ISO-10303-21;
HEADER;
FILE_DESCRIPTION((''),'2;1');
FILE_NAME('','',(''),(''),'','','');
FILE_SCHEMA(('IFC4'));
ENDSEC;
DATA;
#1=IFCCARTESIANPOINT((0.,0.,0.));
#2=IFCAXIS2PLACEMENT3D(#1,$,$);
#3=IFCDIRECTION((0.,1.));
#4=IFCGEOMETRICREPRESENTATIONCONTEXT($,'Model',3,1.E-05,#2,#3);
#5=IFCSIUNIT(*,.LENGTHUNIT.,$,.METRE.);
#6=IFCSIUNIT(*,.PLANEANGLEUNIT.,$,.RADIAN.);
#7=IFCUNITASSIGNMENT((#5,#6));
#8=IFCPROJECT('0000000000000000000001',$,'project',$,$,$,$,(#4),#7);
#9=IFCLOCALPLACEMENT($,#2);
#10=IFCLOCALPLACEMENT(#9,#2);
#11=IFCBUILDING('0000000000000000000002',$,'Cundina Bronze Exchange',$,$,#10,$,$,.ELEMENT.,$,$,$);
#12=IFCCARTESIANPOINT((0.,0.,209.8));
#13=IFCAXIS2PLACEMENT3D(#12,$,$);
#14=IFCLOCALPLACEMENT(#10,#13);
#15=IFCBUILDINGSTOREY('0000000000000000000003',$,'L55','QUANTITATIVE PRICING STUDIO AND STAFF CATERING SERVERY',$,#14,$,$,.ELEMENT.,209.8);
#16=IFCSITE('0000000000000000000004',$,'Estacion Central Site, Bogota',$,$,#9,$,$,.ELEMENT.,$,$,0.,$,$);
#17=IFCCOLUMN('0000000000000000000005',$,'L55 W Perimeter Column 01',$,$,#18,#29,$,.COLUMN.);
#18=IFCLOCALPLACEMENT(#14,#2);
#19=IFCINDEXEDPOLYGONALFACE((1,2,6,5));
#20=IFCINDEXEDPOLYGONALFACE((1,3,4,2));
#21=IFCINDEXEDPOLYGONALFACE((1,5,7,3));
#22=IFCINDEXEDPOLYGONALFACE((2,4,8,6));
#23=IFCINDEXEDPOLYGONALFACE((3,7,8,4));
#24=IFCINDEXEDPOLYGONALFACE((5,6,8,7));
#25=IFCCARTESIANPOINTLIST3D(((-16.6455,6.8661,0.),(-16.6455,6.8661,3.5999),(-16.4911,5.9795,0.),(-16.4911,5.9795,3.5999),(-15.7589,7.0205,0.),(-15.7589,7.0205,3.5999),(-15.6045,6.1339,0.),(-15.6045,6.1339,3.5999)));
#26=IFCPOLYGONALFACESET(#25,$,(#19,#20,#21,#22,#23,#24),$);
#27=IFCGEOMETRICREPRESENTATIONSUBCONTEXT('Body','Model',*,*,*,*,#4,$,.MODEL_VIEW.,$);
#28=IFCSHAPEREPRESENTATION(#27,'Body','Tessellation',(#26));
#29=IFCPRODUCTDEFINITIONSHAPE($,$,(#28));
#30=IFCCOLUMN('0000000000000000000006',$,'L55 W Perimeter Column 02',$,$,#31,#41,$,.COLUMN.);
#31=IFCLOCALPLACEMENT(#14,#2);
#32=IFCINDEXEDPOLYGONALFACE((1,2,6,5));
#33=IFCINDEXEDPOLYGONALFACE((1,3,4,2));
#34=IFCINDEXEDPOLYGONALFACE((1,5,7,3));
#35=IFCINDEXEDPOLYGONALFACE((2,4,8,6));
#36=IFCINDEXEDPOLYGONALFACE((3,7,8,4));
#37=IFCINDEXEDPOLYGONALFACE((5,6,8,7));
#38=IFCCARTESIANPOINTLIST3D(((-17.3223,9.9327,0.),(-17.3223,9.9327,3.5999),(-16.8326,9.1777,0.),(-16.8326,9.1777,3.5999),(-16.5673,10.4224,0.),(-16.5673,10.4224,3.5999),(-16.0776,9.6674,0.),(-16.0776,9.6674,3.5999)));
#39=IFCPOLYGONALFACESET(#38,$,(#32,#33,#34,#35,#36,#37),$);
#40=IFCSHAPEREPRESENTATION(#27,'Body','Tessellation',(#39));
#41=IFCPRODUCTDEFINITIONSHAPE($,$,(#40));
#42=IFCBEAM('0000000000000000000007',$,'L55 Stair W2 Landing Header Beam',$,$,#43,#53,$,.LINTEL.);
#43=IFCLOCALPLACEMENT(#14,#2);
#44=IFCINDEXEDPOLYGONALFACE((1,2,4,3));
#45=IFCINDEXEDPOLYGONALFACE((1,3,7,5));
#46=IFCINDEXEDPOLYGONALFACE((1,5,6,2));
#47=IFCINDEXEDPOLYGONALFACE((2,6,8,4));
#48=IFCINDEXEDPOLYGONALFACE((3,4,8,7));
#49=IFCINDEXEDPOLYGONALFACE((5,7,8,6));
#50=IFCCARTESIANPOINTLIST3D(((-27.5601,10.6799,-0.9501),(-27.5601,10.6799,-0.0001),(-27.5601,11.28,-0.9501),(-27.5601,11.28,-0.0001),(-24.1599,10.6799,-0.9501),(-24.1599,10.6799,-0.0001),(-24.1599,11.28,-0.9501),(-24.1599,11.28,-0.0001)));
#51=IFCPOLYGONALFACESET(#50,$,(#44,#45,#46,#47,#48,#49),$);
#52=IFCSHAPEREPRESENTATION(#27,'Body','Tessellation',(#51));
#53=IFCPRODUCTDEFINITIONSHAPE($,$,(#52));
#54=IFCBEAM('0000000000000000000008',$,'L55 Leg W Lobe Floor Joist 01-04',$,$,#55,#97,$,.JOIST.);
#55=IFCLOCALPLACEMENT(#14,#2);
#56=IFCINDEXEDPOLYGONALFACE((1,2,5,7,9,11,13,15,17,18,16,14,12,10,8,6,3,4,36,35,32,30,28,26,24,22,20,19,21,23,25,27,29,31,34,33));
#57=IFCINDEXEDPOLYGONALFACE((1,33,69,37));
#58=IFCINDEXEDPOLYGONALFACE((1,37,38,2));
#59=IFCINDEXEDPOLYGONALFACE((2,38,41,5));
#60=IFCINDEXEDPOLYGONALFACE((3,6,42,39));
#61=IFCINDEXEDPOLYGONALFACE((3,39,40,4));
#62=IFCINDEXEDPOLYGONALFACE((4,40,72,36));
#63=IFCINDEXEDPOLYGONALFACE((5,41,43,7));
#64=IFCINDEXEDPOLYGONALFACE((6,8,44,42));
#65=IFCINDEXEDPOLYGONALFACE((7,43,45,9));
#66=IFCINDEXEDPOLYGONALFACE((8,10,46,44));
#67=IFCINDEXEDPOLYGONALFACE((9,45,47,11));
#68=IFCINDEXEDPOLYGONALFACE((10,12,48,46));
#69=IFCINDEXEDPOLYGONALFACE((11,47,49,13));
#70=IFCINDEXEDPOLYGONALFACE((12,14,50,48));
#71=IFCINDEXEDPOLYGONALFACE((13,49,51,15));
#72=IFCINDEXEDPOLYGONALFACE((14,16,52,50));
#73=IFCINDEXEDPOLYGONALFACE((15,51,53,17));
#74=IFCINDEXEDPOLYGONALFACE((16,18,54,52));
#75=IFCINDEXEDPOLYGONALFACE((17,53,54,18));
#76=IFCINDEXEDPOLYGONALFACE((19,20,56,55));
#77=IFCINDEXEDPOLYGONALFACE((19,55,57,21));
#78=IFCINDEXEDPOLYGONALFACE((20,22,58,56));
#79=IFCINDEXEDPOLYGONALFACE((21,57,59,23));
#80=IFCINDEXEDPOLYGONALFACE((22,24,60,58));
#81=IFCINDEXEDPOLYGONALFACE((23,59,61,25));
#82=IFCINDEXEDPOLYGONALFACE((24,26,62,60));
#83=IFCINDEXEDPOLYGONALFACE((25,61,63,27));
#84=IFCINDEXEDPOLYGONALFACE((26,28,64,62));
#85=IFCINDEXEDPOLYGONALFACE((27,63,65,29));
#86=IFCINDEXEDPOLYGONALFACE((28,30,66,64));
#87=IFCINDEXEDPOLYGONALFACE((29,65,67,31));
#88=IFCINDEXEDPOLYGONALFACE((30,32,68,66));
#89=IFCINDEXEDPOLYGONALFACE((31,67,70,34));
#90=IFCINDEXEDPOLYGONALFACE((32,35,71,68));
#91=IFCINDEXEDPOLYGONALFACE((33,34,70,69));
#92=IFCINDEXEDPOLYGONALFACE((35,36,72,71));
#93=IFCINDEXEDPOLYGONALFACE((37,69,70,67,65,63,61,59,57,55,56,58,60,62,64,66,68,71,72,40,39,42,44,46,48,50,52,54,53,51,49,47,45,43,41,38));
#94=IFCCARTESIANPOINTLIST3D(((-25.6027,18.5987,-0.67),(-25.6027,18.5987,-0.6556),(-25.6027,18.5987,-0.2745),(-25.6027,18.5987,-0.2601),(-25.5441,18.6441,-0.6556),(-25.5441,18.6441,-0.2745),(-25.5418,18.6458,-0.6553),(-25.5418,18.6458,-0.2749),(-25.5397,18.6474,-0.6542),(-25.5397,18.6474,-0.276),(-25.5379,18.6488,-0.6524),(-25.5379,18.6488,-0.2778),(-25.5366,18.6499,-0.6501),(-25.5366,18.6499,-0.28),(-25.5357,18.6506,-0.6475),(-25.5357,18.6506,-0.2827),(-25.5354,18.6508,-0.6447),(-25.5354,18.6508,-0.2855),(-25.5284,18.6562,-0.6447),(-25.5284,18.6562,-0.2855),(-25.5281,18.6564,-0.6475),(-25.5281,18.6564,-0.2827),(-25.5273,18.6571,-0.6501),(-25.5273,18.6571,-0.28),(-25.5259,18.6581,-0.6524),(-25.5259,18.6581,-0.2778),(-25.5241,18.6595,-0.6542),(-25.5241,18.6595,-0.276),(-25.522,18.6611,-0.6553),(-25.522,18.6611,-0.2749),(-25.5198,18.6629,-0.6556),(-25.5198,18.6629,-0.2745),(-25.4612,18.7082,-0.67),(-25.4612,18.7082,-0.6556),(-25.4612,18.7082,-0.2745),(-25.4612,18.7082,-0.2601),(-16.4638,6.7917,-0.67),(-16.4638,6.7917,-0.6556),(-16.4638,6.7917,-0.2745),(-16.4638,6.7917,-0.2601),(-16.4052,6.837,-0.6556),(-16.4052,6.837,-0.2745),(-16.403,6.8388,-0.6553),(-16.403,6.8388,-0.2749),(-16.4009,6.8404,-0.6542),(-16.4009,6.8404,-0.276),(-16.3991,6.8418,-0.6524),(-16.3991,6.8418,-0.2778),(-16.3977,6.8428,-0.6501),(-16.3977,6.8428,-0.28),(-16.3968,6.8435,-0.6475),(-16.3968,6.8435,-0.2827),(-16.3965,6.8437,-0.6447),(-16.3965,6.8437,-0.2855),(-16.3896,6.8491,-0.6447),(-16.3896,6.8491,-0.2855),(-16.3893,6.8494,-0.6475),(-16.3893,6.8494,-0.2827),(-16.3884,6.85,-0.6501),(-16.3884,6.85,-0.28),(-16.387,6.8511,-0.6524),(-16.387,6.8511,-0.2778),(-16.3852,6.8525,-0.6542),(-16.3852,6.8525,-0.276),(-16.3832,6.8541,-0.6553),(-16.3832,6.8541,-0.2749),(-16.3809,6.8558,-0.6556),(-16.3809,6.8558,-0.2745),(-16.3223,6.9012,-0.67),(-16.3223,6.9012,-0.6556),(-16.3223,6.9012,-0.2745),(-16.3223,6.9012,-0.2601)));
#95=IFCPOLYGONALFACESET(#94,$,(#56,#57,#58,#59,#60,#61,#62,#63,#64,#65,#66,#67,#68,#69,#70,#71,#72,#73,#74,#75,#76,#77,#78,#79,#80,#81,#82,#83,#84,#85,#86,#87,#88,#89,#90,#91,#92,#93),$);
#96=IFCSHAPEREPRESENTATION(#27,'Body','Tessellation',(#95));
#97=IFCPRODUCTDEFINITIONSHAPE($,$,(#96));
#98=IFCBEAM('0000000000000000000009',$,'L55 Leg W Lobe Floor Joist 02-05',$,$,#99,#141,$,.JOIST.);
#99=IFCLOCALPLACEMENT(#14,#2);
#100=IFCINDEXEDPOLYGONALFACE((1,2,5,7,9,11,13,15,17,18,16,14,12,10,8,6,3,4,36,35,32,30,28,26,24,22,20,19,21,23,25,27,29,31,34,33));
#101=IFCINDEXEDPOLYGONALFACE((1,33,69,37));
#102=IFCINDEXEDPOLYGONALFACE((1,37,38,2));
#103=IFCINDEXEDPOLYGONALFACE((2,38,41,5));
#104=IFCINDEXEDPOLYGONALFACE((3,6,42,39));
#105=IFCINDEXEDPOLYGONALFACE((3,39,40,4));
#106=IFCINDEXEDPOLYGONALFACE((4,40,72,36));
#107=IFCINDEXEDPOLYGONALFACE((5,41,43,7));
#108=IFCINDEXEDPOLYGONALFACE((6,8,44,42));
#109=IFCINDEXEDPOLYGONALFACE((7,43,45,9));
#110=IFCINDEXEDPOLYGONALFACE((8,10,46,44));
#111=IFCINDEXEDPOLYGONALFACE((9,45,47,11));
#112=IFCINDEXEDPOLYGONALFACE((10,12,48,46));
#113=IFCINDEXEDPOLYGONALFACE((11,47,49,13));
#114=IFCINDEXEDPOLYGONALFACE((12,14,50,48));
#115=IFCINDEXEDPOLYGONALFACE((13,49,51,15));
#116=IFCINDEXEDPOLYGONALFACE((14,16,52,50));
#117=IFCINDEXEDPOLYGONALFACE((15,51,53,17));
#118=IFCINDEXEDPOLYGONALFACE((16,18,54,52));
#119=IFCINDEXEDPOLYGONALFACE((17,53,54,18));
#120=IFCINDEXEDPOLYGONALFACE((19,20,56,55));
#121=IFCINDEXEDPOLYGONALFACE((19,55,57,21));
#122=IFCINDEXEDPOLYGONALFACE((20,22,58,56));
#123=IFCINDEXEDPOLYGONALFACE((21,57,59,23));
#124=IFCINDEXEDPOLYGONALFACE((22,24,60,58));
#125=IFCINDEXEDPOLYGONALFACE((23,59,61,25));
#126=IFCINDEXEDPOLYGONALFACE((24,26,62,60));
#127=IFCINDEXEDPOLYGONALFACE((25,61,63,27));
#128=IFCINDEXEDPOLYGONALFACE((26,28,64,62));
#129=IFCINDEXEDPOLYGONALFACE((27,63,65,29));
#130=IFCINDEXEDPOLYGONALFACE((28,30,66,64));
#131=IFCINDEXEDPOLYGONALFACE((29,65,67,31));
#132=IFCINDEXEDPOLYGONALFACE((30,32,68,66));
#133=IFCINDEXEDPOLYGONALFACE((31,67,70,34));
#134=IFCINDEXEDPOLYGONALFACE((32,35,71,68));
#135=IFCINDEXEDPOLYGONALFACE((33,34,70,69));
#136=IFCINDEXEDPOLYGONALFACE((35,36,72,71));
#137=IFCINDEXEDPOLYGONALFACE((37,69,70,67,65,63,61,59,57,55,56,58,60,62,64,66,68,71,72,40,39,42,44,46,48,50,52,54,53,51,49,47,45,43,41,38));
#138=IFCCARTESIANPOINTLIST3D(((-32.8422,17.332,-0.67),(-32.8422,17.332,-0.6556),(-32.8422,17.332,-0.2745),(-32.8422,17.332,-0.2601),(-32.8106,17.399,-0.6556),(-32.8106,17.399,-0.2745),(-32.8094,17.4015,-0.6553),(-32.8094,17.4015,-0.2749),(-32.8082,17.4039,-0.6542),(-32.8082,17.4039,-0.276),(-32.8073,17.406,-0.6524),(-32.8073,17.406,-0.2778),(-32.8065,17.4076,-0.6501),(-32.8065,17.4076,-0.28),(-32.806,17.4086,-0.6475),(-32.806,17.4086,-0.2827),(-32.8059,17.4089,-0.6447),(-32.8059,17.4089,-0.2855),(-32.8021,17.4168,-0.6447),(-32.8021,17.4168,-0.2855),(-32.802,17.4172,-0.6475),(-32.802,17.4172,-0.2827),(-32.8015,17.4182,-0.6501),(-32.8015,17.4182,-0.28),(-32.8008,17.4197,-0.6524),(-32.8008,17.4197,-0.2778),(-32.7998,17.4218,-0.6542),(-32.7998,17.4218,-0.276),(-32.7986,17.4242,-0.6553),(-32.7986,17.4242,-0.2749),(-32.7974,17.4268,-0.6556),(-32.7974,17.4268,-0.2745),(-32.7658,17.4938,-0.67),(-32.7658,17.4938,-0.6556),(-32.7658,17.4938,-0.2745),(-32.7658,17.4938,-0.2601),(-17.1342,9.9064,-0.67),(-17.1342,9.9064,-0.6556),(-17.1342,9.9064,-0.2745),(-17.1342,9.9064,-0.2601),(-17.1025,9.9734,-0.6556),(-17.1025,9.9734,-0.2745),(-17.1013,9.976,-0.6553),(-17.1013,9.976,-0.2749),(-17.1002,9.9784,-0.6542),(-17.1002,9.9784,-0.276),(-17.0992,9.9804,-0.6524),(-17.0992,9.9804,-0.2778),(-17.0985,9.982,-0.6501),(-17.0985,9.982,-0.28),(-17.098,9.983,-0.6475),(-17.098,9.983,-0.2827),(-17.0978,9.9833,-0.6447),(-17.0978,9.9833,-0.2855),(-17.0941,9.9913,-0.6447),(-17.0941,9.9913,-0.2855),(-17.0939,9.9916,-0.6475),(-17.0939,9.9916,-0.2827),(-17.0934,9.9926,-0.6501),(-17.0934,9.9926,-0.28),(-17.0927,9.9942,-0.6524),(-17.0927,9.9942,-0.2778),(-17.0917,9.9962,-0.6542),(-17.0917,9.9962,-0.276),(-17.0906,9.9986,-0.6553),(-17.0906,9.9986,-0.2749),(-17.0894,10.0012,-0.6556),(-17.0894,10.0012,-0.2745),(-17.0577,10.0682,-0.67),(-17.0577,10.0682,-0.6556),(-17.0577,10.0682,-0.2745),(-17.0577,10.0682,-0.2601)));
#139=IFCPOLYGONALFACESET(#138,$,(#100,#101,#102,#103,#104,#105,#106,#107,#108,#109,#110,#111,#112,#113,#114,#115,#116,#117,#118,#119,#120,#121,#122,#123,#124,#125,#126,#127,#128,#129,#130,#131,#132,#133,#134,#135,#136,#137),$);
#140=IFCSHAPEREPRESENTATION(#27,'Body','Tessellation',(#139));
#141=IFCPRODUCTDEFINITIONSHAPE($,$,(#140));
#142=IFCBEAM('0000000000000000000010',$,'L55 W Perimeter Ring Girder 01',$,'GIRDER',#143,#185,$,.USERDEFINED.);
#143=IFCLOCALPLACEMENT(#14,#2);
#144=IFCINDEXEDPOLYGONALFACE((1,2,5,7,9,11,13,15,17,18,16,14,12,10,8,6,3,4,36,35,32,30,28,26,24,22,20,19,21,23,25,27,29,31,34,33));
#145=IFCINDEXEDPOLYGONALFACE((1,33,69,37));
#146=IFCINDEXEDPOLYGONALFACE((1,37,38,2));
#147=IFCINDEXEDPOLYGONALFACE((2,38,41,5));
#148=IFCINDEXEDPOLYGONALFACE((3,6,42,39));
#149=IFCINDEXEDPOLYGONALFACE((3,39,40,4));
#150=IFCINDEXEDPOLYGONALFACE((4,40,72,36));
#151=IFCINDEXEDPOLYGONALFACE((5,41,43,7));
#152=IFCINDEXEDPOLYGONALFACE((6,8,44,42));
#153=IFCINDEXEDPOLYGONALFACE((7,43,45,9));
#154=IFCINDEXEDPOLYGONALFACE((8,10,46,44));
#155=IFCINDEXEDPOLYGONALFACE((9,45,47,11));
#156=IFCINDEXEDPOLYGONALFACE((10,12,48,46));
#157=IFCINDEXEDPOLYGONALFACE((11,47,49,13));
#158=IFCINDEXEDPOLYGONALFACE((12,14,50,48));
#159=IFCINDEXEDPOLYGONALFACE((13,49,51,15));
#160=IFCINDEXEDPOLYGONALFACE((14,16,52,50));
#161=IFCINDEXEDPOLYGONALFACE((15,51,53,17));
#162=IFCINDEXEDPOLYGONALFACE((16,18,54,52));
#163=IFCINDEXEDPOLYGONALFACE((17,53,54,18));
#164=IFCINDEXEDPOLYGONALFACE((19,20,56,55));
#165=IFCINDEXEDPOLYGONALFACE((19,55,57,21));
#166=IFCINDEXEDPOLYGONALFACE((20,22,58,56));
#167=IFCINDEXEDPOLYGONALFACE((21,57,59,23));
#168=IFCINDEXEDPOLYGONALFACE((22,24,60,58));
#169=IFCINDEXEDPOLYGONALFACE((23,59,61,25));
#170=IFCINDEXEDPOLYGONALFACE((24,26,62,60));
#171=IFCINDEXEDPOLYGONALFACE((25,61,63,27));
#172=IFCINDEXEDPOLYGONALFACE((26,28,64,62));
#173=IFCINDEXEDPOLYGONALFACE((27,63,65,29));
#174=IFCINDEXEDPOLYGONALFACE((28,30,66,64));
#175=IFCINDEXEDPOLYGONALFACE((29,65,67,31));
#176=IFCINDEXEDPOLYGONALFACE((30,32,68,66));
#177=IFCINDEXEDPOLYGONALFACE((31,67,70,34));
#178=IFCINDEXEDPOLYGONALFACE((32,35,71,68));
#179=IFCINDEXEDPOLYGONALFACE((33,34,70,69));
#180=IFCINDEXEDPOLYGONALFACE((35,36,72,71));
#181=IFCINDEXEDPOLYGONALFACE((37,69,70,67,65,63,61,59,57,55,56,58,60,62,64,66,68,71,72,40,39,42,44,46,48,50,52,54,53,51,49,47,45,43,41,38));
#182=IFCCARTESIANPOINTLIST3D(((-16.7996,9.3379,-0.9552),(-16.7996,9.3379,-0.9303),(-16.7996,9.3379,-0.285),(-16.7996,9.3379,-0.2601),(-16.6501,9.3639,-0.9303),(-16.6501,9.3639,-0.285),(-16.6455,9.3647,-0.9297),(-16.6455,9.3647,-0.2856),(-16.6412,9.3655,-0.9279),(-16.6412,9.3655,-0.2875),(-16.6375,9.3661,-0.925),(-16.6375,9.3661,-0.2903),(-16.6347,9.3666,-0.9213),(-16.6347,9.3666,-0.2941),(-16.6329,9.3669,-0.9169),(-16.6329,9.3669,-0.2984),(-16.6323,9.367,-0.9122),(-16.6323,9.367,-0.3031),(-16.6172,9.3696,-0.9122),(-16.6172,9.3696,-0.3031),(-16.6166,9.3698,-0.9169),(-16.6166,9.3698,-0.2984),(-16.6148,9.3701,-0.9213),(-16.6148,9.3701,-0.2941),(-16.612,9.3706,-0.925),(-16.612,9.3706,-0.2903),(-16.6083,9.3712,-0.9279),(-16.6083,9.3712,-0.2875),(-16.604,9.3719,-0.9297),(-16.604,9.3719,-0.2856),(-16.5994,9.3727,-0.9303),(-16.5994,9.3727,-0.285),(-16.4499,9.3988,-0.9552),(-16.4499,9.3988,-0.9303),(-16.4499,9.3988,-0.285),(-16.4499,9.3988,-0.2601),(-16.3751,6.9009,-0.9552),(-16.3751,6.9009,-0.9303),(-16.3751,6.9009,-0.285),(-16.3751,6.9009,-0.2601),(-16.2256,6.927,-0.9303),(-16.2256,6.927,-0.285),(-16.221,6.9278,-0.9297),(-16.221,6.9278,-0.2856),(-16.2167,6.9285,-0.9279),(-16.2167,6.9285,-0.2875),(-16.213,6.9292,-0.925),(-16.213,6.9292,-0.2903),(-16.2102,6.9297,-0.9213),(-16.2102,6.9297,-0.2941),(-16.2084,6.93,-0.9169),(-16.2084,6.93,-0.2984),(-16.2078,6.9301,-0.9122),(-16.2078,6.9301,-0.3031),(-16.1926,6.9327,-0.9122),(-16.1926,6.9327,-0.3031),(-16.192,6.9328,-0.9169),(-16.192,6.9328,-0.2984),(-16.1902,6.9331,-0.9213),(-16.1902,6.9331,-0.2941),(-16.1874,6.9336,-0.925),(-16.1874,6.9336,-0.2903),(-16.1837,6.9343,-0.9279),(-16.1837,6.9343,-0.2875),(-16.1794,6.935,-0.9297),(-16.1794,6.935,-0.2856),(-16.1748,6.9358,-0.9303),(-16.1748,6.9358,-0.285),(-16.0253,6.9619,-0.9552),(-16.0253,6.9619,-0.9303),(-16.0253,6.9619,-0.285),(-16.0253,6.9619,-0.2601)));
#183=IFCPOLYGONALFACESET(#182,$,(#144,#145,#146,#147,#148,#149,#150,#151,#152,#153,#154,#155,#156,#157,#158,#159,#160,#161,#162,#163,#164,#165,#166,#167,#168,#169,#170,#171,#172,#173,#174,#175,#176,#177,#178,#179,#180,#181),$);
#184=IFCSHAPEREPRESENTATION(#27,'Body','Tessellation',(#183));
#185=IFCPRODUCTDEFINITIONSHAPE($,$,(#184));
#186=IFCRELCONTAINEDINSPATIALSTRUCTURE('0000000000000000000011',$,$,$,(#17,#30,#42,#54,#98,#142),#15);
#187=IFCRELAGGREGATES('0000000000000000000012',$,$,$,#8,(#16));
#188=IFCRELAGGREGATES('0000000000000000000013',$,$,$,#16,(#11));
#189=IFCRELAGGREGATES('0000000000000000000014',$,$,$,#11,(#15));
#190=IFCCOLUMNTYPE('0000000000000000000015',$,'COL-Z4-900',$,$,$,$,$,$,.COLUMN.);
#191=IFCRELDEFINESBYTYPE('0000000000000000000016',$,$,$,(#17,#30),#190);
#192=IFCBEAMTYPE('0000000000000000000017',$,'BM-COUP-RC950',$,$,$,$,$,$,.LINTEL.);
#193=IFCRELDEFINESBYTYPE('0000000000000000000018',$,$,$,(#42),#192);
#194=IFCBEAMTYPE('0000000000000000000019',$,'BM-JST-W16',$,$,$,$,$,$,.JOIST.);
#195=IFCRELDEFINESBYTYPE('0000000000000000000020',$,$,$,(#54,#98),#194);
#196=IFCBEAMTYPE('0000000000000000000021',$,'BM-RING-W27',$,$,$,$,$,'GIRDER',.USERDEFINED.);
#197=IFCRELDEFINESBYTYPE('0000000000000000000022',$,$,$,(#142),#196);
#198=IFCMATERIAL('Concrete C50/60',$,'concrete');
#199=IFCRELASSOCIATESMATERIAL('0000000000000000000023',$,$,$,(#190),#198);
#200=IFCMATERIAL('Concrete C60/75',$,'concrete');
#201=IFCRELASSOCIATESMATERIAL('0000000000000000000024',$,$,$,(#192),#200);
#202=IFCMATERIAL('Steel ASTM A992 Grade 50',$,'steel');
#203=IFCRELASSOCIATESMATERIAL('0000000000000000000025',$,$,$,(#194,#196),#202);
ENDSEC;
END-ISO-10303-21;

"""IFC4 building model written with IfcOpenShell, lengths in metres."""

from ifc_helpers import new_model, si_unit, direction, frame, origin, origin_2d, place, context, subcontext, project, spatial, rectangle, i_section, extrude, material, material_profile, profile_set, type_object, element, save


model = new_model("IFC4")

# Units and contexts
model_context = context("Model", 3, precision=1e-05, world=origin(), true_north=direction((0.0, 1.0)))
body_context = subcontext(model_context, "Body", "Model", "MODEL_VIEW")
ifc_project = project(units=[si_unit("LENGTHUNIT", "METRE"), si_unit("PLANEANGLEUNIT", "RADIAN")], contexts=[model_context])

# Site, building, storey
site_placement = place(None, origin())
site = spatial("IfcSite", under=ifc_project, at=site_placement, Name="Estacion Central Site, Bogota", CompositionType="ELEMENT", RefElevation=0.0)
building_placement = place(site_placement, origin())
building = spatial("IfcBuilding", under=site, at=building_placement, Name="Cundina Bronze Exchange", CompositionType="ELEMENT")
storey_placement = place(building_placement, frame((0.0, 0.0, 209.8)))
storey = spatial("IfcBuildingStorey", under=building, at=storey_placement, Name="L55", Description="QUANTITATIVE PRICING STUDIO AND STAFF CATERING SERVERY", CompositionType="ELEMENT", Elevation=209.8)

# Columns
ifc_material_1 = material(Name="Concrete C50/60", Category="concrete")
ifc_material_profile_1 = material_profile(ifc_material_1, rectangle(XDim=0.8999, YDim=0.8999, at=origin_2d()), Name="RC900X900", Category="concrete")
ifc_profile_set_1 = profile_set([ifc_material_profile_1], Name="Concrete C50/60")
column_type = type_object("IfcColumnType", Name="COL-Z4-900", PredefinedType="COLUMN", material=ifc_profile_set_1)
for number, where, z_axis, x_axis, name in (
    (1, (-16.125, 6.5, 0.0), (0.0, 0.0, 1.0), (-0.171585, 0.985169, 0.0), "L55 W Perimeter Column 01"),
    (2, (-16.7, 9.8, 0.0), (0.0, 0.0, 1.0), (-0.5442, 0.838956, 0.0), "L55 W Perimeter Column 02"),
):
    element("IfcColumn", number, at=place(storey_placement, frame(where, z_axis=z_axis, x_axis=x_axis)), inside=storey, type_object=column_type, Name=name, PredefinedType="COLUMN", context=body_context, shape_type="SweptSolid", body=[
        extrude(rectangle(XDim=0.8999, YDim=0.8999, at=origin_2d()), origin(), (0.0, 0.0, 1.0), 3.5999),
    ])

# Beams
ifc_material_2 = material(Name="Concrete C60/75", Category="concrete")
ifc_material_profile_2 = material_profile(ifc_material_2, rectangle(XDim=0.6001, YDim=0.95, at=origin_2d()), Name="RC600X950", Category="concrete")
ifc_profile_set_2 = profile_set([ifc_material_profile_2], Name="Concrete C60/75")
beam_type_1 = type_object("IfcBeamType", Name="BM-COUP-RC950", PredefinedType="LINTEL", material=ifc_profile_set_2)
beam_1_placement = place(storey_placement, frame((-27.5601, 10.98, -0.4751), z_axis=(1.0, 0.0, 0.0), x_axis=(0.0, 1.0, 0.0)))
element("IfcBeam", 3, at=beam_1_placement, inside=storey, type_object=beam_type_1, Name="L55 Stair W2 Landing Header Beam", PredefinedType="LINTEL", context=body_context, shape_type="SweptSolid", body=[
    extrude(rectangle(XDim=0.6001, YDim=0.95, at=origin_2d()), origin(), (0.0, 0.0, 1.0), 3.4001),
])
ifc_material_3 = material(Name="Steel ASTM A992 Grade 50", Category="steel")
ifc_material_profile_3 = material_profile(ifc_material_3, i_section(OverallWidth=0.179, OverallDepth=0.4099, WebThickness=0.0088, FlangeThickness=0.0144, FilletRadius=0.011, at=origin_2d()), Name="W16X45", Category="steel")
ifc_profile_set_3 = profile_set([ifc_material_profile_3], Name="Steel ASTM A992 Grade 50")
beam_type_2 = type_object("IfcBeamType", Name="BM-JST-W16", PredefinedType="JOIST", material=ifc_profile_set_3)
beam_2_placement = place(storey_placement, frame((-16.3931, 6.8464, -0.4651), z_axis=(-0.612086, 0.790791, 0.0), x_axis=(-0.790791, -0.612086, 0.0)))
element("IfcBeam", 4, at=beam_2_placement, inside=storey, type_object=beam_type_2, Name="L55 Leg W Lobe Floor Joist 01-04", PredefinedType="JOIST", context=body_context, shape_type="SweptSolid", body=[
    extrude(i_section(OverallWidth=0.179, OverallDepth=0.4099, WebThickness=0.0088, FlangeThickness=0.0144, FilletRadius=0.011, at=origin_2d()), origin(), (0.0, 0.0, 1.0), 14.9307),
])
beam_3_placement = place(storey_placement, frame((-17.0959, 9.9873, -0.4651), z_axis=(-0.904074, 0.427376, 0.0), x_axis=(-0.427376, -0.904074, 0.0)))
element("IfcBeam", 5, at=beam_3_placement, inside=storey, type_object=beam_type_2, Name="L55 Leg W Lobe Floor Joist 02-05", PredefinedType="JOIST", context=body_context, shape_type="SweptSolid", body=[
    extrude(i_section(OverallWidth=0.179, OverallDepth=0.4099, WebThickness=0.0088, FlangeThickness=0.0144, FilletRadius=0.011, at=origin_2d()), origin(), (0.0, 0.0, 1.0), 17.3748),
])
ifc_material_profile_4 = material_profile(ifc_material_3, i_section(OverallWidth=0.355, OverallDepth=0.6951, WebThickness=0.0154, FlangeThickness=0.0249, FilletRadius=0.0181, at=origin_2d()), Name="W27X146", Category="steel")
ifc_profile_set_4 = profile_set([ifc_material_profile_4], Name="Steel ASTM A992 Grade 50")
beam_type_3 = type_object("IfcBeamType", Name="BM-RING-W27", ElementType="GIRDER", PredefinedType="USERDEFINED", material=ifc_profile_set_4)
beam_4_placement = place(storey_placement, frame((-16.2002, 6.9314, -0.6077), z_axis=(-0.171629, 0.985162, 0.0), x_axis=(-0.985162, -0.171629, 0.0)))
element("IfcBeam", 6, at=beam_4_placement, inside=storey, type_object=beam_type_3, Name="L55 W Perimeter Ring Girder 01", ObjectType="GIRDER", PredefinedType="USERDEFINED", context=body_context, shape_type="SweptSolid", body=[
    extrude(i_section(OverallWidth=0.355, OverallDepth=0.6951, WebThickness=0.0154, FlangeThickness=0.0249, FilletRadius=0.0181, at=origin_2d()), origin(), (0.0, 0.0, 1.0), 2.4736),
])

save(model, "model.ifc")
